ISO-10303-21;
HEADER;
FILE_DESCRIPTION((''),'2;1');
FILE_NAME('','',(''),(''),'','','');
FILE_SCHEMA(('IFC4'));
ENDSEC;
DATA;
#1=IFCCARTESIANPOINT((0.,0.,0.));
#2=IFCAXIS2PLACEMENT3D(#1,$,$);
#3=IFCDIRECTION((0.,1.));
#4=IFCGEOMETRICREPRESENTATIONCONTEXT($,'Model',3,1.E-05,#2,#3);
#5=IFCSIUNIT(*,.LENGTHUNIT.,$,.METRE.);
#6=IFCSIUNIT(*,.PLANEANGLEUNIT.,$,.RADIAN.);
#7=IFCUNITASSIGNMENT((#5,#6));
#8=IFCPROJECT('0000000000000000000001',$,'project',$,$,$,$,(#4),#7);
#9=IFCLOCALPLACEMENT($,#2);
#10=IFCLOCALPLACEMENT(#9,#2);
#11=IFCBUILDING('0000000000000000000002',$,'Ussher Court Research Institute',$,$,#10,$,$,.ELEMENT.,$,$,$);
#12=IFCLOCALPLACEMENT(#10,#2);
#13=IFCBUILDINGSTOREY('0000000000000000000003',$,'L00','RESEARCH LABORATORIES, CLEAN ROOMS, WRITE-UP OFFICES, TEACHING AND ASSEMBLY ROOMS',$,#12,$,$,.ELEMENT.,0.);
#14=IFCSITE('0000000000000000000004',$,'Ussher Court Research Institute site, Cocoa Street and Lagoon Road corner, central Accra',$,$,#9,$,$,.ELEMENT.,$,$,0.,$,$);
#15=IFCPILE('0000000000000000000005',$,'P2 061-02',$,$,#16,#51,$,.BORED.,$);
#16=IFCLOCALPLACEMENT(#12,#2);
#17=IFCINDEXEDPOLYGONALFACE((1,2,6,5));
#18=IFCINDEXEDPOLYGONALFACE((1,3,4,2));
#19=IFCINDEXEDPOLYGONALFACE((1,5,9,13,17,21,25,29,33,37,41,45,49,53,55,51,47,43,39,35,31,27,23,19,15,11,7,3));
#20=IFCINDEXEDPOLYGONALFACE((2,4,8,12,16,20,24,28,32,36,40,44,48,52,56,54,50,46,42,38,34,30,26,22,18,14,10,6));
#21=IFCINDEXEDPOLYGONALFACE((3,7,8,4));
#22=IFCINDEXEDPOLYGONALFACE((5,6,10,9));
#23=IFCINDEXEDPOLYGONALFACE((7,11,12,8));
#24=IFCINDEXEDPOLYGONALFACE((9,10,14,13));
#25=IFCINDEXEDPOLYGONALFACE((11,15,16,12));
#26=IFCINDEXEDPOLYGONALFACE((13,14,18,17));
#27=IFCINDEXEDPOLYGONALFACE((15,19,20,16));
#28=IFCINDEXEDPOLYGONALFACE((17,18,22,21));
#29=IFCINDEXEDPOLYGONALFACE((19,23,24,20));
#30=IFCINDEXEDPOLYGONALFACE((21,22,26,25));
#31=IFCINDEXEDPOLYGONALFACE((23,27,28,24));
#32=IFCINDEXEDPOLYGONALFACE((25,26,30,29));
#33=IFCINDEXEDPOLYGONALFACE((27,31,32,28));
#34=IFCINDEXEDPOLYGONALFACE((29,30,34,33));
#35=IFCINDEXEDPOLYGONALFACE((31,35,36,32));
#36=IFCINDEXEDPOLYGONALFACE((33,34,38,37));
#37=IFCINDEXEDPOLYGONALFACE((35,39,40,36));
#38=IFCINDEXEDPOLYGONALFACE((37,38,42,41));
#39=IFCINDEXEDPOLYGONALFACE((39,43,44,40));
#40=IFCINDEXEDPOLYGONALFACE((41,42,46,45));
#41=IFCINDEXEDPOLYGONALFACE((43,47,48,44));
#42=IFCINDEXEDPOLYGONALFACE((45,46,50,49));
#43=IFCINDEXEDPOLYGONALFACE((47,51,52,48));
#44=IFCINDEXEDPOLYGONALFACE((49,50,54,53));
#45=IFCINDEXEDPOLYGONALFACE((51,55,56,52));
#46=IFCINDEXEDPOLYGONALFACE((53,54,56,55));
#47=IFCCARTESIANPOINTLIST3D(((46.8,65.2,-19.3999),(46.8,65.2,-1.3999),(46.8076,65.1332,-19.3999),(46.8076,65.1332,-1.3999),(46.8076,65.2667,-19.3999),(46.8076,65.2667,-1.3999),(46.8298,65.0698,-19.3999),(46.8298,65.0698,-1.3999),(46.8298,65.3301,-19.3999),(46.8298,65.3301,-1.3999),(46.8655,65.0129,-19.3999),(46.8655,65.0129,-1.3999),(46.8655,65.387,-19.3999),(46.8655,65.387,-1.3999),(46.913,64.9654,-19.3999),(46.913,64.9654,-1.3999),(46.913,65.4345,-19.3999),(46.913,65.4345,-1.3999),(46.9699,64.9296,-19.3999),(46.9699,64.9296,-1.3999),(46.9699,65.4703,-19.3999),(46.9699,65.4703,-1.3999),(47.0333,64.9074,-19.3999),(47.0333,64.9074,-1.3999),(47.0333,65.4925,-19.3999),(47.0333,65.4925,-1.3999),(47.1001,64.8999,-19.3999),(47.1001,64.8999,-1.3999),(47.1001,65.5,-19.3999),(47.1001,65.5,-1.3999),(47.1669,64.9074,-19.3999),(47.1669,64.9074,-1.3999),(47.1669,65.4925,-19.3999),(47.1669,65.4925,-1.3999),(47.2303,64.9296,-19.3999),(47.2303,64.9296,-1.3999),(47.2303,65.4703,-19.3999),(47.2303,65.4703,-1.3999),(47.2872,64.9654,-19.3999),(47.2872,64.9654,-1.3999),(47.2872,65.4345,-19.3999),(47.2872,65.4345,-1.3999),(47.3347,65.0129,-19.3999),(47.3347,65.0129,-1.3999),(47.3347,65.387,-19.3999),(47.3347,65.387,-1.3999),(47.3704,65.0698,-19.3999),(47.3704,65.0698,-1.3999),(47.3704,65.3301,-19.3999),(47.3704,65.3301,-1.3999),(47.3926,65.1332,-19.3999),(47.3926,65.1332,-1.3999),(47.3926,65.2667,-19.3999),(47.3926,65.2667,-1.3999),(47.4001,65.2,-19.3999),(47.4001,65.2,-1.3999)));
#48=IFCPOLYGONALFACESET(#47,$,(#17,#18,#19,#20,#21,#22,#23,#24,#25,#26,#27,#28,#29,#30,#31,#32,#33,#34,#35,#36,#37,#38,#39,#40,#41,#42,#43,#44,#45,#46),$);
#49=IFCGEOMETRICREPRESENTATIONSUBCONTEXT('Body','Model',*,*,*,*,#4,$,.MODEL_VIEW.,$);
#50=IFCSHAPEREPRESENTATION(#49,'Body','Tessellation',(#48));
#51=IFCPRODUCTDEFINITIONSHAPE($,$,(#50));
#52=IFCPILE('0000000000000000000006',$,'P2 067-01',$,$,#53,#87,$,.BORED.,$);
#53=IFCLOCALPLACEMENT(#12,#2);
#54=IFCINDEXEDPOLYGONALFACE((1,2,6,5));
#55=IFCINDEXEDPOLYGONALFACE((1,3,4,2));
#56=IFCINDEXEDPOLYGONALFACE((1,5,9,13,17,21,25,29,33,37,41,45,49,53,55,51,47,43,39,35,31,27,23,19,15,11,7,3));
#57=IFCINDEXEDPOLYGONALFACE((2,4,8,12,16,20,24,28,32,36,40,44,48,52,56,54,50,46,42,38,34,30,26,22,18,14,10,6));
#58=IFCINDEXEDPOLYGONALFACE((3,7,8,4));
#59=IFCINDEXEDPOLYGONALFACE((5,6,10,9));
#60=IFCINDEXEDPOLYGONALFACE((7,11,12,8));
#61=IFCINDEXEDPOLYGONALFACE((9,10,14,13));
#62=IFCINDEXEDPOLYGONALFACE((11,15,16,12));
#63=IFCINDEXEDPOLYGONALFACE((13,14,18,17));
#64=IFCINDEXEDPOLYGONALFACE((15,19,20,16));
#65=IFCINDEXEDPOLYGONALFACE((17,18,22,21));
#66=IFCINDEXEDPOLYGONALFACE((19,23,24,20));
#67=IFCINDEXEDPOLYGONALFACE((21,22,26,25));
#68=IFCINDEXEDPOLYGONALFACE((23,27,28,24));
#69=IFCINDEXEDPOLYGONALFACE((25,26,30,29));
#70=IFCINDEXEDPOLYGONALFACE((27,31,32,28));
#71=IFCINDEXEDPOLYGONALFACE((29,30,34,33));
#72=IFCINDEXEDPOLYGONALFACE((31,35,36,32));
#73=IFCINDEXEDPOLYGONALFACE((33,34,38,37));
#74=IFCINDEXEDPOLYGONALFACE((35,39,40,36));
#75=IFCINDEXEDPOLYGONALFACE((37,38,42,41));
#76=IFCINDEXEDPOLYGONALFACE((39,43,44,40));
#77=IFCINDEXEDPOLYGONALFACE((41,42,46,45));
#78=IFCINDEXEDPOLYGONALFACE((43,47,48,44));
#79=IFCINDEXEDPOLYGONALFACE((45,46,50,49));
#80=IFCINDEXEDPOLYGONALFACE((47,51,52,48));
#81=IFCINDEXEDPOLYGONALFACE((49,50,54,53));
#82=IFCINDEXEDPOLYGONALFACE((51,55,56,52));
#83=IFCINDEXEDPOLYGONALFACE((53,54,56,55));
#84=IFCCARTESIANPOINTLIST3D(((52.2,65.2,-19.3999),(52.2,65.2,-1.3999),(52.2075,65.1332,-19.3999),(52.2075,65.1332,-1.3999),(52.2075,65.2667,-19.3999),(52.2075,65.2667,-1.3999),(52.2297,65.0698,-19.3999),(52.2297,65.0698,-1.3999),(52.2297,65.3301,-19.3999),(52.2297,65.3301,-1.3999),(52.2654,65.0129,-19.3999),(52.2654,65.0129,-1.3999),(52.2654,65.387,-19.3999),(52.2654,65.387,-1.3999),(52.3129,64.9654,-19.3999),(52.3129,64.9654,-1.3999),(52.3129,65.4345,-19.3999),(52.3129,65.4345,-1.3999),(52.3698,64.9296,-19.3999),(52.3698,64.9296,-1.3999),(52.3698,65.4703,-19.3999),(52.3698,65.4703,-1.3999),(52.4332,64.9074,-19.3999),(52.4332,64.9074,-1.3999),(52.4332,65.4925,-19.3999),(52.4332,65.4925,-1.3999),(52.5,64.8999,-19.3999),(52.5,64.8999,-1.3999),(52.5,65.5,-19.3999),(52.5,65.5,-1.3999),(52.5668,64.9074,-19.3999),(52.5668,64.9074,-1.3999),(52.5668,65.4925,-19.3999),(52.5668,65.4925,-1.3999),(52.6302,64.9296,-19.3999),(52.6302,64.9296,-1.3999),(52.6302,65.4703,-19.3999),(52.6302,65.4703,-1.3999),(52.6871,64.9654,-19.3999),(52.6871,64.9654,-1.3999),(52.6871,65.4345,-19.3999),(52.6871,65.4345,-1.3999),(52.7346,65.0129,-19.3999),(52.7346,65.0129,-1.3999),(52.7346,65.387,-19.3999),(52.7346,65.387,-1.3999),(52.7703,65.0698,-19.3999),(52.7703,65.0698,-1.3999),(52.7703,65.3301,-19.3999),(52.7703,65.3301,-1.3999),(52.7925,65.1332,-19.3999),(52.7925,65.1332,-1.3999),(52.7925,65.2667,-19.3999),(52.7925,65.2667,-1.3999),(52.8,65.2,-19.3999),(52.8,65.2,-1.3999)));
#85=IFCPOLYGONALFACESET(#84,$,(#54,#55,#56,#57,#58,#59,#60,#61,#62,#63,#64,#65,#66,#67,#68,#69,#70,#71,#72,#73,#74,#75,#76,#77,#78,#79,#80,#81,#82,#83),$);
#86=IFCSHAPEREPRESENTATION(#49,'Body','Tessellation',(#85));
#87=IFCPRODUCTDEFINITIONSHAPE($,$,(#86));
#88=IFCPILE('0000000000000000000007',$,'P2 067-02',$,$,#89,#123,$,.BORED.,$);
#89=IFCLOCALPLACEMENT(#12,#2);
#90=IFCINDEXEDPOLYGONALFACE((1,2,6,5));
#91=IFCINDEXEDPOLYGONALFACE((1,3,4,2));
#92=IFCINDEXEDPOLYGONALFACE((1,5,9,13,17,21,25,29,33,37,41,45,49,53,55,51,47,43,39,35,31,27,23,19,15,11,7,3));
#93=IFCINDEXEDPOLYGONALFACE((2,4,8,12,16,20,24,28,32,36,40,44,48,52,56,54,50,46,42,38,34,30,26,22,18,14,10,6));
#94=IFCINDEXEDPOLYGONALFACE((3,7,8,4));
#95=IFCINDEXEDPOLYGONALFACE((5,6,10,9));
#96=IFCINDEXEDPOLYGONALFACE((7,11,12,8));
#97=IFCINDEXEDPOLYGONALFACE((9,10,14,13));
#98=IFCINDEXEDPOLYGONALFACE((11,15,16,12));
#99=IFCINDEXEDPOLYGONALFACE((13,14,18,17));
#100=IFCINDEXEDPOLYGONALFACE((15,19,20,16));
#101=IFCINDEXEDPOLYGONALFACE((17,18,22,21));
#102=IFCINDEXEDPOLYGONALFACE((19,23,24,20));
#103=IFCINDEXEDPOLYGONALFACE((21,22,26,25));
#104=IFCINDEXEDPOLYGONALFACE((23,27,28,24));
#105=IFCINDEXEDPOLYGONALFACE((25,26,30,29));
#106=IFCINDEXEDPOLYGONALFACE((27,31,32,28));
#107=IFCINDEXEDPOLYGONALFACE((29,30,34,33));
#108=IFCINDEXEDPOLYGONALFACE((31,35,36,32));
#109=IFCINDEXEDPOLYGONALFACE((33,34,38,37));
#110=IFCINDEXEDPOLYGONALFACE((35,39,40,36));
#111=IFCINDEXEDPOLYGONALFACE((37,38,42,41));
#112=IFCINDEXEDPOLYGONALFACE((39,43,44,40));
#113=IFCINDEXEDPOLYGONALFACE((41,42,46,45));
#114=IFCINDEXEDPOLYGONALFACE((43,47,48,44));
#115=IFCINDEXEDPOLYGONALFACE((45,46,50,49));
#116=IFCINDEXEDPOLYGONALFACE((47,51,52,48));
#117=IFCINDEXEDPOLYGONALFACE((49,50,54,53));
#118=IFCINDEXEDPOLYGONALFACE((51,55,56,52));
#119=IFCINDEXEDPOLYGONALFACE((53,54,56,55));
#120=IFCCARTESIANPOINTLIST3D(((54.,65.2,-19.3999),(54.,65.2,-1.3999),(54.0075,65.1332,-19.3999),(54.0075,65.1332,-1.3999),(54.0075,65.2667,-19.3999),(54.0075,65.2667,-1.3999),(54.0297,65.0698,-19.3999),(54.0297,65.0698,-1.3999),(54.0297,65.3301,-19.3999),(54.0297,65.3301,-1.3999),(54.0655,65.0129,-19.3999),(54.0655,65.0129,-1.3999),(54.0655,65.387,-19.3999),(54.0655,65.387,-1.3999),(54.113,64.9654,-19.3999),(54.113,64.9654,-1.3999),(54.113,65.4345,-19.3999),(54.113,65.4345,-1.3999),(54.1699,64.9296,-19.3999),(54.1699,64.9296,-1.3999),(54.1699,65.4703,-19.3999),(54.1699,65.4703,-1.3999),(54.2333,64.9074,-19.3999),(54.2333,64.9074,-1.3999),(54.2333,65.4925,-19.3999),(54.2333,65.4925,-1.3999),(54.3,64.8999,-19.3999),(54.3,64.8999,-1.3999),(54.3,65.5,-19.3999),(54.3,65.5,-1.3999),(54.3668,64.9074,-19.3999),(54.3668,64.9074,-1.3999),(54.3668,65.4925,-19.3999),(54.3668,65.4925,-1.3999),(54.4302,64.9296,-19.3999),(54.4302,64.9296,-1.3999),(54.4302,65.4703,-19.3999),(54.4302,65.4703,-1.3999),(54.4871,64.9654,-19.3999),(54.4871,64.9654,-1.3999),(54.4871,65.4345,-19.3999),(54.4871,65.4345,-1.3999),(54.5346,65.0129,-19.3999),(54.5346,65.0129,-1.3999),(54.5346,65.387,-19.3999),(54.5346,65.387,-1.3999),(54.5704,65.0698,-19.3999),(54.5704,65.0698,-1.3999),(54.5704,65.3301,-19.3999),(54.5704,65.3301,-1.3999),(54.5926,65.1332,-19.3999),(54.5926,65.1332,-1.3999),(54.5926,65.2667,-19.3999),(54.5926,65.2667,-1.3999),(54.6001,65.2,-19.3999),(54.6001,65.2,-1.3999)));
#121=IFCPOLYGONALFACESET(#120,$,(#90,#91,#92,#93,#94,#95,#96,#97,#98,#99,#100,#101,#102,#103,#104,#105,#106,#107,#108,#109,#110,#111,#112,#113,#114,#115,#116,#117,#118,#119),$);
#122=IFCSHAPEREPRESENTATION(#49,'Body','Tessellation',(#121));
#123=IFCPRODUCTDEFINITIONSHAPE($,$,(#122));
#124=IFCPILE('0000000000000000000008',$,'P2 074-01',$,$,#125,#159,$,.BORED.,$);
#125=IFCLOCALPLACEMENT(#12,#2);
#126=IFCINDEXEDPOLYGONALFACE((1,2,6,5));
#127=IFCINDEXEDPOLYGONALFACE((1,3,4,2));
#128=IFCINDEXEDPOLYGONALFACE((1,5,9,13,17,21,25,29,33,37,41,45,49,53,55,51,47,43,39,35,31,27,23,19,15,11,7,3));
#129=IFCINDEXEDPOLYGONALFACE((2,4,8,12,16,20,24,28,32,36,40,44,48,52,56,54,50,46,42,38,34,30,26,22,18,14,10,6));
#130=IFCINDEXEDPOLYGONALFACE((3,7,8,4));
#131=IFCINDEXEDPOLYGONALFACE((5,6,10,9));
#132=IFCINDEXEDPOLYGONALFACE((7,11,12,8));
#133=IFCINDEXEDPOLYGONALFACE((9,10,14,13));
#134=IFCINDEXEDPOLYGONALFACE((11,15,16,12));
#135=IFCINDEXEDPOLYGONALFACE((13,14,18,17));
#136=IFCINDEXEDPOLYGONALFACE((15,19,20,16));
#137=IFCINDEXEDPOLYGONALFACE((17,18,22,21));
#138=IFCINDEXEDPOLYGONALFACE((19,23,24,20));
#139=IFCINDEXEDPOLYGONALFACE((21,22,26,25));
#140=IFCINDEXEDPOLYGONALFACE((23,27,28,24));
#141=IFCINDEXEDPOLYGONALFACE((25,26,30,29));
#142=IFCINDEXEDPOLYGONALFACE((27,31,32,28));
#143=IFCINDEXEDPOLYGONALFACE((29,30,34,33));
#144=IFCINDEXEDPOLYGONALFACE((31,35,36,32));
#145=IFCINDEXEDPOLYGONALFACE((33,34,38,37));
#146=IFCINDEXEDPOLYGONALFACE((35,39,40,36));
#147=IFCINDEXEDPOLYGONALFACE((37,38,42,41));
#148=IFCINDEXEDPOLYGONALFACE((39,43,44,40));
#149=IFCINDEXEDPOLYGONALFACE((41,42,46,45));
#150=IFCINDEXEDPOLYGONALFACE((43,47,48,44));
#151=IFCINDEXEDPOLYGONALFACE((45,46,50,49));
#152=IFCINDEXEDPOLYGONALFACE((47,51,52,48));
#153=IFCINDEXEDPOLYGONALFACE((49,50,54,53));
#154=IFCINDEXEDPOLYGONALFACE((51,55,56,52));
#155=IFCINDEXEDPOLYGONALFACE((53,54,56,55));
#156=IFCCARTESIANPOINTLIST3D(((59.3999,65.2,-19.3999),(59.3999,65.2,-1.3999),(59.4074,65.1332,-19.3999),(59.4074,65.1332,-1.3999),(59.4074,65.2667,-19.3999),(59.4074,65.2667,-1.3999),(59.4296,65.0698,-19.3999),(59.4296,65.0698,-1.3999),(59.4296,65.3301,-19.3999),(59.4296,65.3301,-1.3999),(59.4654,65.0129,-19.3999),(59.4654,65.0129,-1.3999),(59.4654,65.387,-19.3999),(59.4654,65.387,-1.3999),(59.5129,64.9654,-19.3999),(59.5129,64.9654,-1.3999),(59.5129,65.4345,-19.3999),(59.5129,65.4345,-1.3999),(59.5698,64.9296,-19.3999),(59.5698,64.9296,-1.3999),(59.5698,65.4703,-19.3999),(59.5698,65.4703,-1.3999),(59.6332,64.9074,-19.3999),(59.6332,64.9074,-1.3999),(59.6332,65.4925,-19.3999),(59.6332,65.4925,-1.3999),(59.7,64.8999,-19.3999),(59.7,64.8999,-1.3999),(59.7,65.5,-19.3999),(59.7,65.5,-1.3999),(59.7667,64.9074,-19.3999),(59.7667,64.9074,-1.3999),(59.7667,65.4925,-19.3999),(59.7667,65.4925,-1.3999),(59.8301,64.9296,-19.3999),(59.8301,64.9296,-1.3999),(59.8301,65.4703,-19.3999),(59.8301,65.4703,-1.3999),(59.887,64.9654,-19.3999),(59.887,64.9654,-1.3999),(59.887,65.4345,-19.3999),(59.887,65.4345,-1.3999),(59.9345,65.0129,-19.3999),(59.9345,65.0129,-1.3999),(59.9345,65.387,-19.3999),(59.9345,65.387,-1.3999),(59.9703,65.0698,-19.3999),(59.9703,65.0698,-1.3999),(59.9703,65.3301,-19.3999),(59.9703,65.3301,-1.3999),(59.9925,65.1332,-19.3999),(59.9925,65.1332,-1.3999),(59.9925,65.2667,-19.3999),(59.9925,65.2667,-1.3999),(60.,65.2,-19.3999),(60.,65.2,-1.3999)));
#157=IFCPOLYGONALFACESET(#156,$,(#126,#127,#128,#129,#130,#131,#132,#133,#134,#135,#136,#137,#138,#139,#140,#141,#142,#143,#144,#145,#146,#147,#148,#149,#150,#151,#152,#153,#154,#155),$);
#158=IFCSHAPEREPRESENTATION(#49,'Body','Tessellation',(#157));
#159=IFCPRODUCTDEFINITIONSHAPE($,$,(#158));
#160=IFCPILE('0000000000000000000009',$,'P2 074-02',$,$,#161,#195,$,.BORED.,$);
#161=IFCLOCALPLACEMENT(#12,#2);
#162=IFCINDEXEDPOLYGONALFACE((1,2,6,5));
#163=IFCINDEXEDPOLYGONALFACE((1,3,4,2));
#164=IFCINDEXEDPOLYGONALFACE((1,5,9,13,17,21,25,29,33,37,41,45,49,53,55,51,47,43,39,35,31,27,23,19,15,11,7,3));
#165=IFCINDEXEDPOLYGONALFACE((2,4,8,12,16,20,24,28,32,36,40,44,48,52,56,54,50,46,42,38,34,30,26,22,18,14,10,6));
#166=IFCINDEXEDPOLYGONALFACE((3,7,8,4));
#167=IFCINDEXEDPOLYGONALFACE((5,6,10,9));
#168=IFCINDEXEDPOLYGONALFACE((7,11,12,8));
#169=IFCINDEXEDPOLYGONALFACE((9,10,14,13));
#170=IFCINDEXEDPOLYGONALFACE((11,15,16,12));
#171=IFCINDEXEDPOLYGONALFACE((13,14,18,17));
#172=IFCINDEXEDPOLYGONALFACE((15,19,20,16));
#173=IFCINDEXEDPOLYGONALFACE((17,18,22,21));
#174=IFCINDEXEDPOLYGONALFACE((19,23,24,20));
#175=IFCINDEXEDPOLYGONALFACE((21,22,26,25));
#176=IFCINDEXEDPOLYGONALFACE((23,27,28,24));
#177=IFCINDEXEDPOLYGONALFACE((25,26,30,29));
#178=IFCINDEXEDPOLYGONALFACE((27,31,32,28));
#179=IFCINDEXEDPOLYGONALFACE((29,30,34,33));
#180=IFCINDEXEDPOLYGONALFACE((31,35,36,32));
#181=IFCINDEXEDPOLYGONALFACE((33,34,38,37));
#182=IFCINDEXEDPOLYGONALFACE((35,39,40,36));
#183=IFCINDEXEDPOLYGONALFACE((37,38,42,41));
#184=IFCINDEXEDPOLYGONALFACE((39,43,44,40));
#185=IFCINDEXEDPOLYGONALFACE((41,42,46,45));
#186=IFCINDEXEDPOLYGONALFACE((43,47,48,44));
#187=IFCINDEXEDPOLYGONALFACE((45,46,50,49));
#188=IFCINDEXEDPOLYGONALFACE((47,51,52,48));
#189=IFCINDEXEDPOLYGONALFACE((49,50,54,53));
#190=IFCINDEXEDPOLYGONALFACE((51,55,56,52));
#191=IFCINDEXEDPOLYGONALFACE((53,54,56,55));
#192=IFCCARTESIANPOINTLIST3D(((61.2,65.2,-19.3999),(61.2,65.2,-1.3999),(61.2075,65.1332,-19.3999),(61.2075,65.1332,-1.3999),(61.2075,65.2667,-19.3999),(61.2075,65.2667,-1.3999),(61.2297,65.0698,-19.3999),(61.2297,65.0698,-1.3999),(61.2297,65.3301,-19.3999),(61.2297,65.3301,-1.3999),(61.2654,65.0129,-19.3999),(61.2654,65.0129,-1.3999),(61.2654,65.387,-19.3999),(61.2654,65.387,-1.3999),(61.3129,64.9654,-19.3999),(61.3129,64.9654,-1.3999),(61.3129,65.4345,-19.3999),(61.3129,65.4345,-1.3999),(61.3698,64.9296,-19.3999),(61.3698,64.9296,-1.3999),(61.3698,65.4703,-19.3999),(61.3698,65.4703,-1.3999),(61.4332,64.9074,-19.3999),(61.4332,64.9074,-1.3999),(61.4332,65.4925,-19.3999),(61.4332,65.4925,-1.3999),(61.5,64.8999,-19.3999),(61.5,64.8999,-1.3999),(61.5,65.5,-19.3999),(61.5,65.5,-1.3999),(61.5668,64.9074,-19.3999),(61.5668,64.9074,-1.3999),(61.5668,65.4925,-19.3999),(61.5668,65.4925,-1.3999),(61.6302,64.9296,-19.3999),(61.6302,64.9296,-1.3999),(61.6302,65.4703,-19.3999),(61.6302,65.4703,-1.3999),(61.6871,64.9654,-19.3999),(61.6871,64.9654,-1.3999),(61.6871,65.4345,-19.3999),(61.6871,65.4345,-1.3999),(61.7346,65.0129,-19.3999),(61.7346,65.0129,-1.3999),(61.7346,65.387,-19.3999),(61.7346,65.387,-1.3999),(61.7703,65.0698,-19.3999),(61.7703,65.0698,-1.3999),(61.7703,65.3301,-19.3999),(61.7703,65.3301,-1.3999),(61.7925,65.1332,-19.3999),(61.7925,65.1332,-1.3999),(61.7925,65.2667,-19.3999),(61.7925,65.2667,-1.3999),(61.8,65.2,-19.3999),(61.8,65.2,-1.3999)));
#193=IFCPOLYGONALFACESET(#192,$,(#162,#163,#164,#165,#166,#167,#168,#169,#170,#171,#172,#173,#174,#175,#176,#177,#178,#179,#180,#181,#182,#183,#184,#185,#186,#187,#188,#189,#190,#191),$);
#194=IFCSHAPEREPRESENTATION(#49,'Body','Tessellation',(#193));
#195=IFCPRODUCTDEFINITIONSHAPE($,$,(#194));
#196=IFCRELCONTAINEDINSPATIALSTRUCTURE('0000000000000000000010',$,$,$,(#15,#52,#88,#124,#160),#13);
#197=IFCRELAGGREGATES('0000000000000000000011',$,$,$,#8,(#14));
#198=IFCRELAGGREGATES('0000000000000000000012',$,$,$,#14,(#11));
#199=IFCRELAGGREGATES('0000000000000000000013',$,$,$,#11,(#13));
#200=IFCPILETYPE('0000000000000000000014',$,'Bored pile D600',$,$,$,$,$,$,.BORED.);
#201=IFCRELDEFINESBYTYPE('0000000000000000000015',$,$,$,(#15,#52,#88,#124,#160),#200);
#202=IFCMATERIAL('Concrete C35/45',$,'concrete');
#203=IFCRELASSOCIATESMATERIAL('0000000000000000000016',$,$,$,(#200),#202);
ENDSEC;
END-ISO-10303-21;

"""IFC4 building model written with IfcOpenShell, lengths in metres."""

from ifc_helpers import new_model, si_unit, direction, frame, origin, origin_2d, place, context, subcontext, project, spatial, circle, extrude, material, material_profile, profile_set, type_object, element, save


model = new_model("IFC4")

# Units and contexts
model_context = context("Model", 3, precision=1e-05, world=origin(), true_north=direction((0.0, 1.0)))
body_context = subcontext(model_context, "Body", "Model", "MODEL_VIEW")
ifc_project = project(units=[si_unit("LENGTHUNIT", "METRE"), si_unit("PLANEANGLEUNIT", "RADIAN")], contexts=[model_context])

# Site, building, storey
site_placement = place(None, origin())
site = spatial("IfcSite", under=ifc_project, at=site_placement, Name="Ussher Court Research Institute site, Cocoa Street and Lagoon Road corner, central Accra", CompositionType="ELEMENT", RefElevation=0.0)
building_placement = place(site_placement, origin())
building = spatial("IfcBuilding", under=site, at=building_placement, Name="Ussher Court Research Institute", CompositionType="ELEMENT")
storey_placement = place(building_placement, origin())
storey = spatial("IfcBuildingStorey", under=building, at=storey_placement, Name="L00", Description="RESEARCH LABORATORIES, CLEAN ROOMS, WRITE-UP OFFICES, TEACHING AND ASSEMBLY ROOMS", CompositionType="ELEMENT", Elevation=0.0)

# Piles
ifc_material_1 = material(Name="Concrete C35/45", Category="concrete")
ifc_material_profile_1 = material_profile(ifc_material_1, circle(Radius=0.3, at=origin_2d()), Name="RC D600")
ifc_profile_set_1 = profile_set([ifc_material_profile_1], Name="Concrete C35/45")
pile_type_1 = type_object("IfcPileType", Name="Bored pile D600", PredefinedType="BORED", material=ifc_profile_set_1)
for number, where, z_axis, x_axis, name in (
    (1, (47.1001, 65.2, -1.3999), (0.0, 0.0, -1.0), (1.0, 0.0, 0.0), "P2 061-02"),
    (2, (52.5, 65.2, -1.3999), (0.0, 0.0, -1.0), (1.0, 0.0, 0.0), "P2 067-01"),
    (3, (54.3, 65.2, -1.3999), (0.0, 0.0, -1.0), (1.0, 0.0, 0.0), "P2 067-02"),
    (4, (59.7, 65.2, -1.3999), (0.0, 0.0, -1.0), (1.0, 0.0, 0.0), "P2 074-01"),
    (5, (61.5, 65.2, -1.3999), (0.0, 0.0, -1.0), (1.0, 0.0, 0.0), "P2 074-02"),
):
    element("IfcPile", number, at=place(storey_placement, frame(where, z_axis=z_axis, x_axis=x_axis)), inside=storey, type_object=pile_type_1, Name=name, PredefinedType="BORED", context=body_context, shape_type="SweptSolid", body=[
        extrude(circle(Radius=0.3, at=origin_2d()), origin(), (0.0, 0.0, 1.0), 18.0),
    ])

save(model, "model.ifc")
